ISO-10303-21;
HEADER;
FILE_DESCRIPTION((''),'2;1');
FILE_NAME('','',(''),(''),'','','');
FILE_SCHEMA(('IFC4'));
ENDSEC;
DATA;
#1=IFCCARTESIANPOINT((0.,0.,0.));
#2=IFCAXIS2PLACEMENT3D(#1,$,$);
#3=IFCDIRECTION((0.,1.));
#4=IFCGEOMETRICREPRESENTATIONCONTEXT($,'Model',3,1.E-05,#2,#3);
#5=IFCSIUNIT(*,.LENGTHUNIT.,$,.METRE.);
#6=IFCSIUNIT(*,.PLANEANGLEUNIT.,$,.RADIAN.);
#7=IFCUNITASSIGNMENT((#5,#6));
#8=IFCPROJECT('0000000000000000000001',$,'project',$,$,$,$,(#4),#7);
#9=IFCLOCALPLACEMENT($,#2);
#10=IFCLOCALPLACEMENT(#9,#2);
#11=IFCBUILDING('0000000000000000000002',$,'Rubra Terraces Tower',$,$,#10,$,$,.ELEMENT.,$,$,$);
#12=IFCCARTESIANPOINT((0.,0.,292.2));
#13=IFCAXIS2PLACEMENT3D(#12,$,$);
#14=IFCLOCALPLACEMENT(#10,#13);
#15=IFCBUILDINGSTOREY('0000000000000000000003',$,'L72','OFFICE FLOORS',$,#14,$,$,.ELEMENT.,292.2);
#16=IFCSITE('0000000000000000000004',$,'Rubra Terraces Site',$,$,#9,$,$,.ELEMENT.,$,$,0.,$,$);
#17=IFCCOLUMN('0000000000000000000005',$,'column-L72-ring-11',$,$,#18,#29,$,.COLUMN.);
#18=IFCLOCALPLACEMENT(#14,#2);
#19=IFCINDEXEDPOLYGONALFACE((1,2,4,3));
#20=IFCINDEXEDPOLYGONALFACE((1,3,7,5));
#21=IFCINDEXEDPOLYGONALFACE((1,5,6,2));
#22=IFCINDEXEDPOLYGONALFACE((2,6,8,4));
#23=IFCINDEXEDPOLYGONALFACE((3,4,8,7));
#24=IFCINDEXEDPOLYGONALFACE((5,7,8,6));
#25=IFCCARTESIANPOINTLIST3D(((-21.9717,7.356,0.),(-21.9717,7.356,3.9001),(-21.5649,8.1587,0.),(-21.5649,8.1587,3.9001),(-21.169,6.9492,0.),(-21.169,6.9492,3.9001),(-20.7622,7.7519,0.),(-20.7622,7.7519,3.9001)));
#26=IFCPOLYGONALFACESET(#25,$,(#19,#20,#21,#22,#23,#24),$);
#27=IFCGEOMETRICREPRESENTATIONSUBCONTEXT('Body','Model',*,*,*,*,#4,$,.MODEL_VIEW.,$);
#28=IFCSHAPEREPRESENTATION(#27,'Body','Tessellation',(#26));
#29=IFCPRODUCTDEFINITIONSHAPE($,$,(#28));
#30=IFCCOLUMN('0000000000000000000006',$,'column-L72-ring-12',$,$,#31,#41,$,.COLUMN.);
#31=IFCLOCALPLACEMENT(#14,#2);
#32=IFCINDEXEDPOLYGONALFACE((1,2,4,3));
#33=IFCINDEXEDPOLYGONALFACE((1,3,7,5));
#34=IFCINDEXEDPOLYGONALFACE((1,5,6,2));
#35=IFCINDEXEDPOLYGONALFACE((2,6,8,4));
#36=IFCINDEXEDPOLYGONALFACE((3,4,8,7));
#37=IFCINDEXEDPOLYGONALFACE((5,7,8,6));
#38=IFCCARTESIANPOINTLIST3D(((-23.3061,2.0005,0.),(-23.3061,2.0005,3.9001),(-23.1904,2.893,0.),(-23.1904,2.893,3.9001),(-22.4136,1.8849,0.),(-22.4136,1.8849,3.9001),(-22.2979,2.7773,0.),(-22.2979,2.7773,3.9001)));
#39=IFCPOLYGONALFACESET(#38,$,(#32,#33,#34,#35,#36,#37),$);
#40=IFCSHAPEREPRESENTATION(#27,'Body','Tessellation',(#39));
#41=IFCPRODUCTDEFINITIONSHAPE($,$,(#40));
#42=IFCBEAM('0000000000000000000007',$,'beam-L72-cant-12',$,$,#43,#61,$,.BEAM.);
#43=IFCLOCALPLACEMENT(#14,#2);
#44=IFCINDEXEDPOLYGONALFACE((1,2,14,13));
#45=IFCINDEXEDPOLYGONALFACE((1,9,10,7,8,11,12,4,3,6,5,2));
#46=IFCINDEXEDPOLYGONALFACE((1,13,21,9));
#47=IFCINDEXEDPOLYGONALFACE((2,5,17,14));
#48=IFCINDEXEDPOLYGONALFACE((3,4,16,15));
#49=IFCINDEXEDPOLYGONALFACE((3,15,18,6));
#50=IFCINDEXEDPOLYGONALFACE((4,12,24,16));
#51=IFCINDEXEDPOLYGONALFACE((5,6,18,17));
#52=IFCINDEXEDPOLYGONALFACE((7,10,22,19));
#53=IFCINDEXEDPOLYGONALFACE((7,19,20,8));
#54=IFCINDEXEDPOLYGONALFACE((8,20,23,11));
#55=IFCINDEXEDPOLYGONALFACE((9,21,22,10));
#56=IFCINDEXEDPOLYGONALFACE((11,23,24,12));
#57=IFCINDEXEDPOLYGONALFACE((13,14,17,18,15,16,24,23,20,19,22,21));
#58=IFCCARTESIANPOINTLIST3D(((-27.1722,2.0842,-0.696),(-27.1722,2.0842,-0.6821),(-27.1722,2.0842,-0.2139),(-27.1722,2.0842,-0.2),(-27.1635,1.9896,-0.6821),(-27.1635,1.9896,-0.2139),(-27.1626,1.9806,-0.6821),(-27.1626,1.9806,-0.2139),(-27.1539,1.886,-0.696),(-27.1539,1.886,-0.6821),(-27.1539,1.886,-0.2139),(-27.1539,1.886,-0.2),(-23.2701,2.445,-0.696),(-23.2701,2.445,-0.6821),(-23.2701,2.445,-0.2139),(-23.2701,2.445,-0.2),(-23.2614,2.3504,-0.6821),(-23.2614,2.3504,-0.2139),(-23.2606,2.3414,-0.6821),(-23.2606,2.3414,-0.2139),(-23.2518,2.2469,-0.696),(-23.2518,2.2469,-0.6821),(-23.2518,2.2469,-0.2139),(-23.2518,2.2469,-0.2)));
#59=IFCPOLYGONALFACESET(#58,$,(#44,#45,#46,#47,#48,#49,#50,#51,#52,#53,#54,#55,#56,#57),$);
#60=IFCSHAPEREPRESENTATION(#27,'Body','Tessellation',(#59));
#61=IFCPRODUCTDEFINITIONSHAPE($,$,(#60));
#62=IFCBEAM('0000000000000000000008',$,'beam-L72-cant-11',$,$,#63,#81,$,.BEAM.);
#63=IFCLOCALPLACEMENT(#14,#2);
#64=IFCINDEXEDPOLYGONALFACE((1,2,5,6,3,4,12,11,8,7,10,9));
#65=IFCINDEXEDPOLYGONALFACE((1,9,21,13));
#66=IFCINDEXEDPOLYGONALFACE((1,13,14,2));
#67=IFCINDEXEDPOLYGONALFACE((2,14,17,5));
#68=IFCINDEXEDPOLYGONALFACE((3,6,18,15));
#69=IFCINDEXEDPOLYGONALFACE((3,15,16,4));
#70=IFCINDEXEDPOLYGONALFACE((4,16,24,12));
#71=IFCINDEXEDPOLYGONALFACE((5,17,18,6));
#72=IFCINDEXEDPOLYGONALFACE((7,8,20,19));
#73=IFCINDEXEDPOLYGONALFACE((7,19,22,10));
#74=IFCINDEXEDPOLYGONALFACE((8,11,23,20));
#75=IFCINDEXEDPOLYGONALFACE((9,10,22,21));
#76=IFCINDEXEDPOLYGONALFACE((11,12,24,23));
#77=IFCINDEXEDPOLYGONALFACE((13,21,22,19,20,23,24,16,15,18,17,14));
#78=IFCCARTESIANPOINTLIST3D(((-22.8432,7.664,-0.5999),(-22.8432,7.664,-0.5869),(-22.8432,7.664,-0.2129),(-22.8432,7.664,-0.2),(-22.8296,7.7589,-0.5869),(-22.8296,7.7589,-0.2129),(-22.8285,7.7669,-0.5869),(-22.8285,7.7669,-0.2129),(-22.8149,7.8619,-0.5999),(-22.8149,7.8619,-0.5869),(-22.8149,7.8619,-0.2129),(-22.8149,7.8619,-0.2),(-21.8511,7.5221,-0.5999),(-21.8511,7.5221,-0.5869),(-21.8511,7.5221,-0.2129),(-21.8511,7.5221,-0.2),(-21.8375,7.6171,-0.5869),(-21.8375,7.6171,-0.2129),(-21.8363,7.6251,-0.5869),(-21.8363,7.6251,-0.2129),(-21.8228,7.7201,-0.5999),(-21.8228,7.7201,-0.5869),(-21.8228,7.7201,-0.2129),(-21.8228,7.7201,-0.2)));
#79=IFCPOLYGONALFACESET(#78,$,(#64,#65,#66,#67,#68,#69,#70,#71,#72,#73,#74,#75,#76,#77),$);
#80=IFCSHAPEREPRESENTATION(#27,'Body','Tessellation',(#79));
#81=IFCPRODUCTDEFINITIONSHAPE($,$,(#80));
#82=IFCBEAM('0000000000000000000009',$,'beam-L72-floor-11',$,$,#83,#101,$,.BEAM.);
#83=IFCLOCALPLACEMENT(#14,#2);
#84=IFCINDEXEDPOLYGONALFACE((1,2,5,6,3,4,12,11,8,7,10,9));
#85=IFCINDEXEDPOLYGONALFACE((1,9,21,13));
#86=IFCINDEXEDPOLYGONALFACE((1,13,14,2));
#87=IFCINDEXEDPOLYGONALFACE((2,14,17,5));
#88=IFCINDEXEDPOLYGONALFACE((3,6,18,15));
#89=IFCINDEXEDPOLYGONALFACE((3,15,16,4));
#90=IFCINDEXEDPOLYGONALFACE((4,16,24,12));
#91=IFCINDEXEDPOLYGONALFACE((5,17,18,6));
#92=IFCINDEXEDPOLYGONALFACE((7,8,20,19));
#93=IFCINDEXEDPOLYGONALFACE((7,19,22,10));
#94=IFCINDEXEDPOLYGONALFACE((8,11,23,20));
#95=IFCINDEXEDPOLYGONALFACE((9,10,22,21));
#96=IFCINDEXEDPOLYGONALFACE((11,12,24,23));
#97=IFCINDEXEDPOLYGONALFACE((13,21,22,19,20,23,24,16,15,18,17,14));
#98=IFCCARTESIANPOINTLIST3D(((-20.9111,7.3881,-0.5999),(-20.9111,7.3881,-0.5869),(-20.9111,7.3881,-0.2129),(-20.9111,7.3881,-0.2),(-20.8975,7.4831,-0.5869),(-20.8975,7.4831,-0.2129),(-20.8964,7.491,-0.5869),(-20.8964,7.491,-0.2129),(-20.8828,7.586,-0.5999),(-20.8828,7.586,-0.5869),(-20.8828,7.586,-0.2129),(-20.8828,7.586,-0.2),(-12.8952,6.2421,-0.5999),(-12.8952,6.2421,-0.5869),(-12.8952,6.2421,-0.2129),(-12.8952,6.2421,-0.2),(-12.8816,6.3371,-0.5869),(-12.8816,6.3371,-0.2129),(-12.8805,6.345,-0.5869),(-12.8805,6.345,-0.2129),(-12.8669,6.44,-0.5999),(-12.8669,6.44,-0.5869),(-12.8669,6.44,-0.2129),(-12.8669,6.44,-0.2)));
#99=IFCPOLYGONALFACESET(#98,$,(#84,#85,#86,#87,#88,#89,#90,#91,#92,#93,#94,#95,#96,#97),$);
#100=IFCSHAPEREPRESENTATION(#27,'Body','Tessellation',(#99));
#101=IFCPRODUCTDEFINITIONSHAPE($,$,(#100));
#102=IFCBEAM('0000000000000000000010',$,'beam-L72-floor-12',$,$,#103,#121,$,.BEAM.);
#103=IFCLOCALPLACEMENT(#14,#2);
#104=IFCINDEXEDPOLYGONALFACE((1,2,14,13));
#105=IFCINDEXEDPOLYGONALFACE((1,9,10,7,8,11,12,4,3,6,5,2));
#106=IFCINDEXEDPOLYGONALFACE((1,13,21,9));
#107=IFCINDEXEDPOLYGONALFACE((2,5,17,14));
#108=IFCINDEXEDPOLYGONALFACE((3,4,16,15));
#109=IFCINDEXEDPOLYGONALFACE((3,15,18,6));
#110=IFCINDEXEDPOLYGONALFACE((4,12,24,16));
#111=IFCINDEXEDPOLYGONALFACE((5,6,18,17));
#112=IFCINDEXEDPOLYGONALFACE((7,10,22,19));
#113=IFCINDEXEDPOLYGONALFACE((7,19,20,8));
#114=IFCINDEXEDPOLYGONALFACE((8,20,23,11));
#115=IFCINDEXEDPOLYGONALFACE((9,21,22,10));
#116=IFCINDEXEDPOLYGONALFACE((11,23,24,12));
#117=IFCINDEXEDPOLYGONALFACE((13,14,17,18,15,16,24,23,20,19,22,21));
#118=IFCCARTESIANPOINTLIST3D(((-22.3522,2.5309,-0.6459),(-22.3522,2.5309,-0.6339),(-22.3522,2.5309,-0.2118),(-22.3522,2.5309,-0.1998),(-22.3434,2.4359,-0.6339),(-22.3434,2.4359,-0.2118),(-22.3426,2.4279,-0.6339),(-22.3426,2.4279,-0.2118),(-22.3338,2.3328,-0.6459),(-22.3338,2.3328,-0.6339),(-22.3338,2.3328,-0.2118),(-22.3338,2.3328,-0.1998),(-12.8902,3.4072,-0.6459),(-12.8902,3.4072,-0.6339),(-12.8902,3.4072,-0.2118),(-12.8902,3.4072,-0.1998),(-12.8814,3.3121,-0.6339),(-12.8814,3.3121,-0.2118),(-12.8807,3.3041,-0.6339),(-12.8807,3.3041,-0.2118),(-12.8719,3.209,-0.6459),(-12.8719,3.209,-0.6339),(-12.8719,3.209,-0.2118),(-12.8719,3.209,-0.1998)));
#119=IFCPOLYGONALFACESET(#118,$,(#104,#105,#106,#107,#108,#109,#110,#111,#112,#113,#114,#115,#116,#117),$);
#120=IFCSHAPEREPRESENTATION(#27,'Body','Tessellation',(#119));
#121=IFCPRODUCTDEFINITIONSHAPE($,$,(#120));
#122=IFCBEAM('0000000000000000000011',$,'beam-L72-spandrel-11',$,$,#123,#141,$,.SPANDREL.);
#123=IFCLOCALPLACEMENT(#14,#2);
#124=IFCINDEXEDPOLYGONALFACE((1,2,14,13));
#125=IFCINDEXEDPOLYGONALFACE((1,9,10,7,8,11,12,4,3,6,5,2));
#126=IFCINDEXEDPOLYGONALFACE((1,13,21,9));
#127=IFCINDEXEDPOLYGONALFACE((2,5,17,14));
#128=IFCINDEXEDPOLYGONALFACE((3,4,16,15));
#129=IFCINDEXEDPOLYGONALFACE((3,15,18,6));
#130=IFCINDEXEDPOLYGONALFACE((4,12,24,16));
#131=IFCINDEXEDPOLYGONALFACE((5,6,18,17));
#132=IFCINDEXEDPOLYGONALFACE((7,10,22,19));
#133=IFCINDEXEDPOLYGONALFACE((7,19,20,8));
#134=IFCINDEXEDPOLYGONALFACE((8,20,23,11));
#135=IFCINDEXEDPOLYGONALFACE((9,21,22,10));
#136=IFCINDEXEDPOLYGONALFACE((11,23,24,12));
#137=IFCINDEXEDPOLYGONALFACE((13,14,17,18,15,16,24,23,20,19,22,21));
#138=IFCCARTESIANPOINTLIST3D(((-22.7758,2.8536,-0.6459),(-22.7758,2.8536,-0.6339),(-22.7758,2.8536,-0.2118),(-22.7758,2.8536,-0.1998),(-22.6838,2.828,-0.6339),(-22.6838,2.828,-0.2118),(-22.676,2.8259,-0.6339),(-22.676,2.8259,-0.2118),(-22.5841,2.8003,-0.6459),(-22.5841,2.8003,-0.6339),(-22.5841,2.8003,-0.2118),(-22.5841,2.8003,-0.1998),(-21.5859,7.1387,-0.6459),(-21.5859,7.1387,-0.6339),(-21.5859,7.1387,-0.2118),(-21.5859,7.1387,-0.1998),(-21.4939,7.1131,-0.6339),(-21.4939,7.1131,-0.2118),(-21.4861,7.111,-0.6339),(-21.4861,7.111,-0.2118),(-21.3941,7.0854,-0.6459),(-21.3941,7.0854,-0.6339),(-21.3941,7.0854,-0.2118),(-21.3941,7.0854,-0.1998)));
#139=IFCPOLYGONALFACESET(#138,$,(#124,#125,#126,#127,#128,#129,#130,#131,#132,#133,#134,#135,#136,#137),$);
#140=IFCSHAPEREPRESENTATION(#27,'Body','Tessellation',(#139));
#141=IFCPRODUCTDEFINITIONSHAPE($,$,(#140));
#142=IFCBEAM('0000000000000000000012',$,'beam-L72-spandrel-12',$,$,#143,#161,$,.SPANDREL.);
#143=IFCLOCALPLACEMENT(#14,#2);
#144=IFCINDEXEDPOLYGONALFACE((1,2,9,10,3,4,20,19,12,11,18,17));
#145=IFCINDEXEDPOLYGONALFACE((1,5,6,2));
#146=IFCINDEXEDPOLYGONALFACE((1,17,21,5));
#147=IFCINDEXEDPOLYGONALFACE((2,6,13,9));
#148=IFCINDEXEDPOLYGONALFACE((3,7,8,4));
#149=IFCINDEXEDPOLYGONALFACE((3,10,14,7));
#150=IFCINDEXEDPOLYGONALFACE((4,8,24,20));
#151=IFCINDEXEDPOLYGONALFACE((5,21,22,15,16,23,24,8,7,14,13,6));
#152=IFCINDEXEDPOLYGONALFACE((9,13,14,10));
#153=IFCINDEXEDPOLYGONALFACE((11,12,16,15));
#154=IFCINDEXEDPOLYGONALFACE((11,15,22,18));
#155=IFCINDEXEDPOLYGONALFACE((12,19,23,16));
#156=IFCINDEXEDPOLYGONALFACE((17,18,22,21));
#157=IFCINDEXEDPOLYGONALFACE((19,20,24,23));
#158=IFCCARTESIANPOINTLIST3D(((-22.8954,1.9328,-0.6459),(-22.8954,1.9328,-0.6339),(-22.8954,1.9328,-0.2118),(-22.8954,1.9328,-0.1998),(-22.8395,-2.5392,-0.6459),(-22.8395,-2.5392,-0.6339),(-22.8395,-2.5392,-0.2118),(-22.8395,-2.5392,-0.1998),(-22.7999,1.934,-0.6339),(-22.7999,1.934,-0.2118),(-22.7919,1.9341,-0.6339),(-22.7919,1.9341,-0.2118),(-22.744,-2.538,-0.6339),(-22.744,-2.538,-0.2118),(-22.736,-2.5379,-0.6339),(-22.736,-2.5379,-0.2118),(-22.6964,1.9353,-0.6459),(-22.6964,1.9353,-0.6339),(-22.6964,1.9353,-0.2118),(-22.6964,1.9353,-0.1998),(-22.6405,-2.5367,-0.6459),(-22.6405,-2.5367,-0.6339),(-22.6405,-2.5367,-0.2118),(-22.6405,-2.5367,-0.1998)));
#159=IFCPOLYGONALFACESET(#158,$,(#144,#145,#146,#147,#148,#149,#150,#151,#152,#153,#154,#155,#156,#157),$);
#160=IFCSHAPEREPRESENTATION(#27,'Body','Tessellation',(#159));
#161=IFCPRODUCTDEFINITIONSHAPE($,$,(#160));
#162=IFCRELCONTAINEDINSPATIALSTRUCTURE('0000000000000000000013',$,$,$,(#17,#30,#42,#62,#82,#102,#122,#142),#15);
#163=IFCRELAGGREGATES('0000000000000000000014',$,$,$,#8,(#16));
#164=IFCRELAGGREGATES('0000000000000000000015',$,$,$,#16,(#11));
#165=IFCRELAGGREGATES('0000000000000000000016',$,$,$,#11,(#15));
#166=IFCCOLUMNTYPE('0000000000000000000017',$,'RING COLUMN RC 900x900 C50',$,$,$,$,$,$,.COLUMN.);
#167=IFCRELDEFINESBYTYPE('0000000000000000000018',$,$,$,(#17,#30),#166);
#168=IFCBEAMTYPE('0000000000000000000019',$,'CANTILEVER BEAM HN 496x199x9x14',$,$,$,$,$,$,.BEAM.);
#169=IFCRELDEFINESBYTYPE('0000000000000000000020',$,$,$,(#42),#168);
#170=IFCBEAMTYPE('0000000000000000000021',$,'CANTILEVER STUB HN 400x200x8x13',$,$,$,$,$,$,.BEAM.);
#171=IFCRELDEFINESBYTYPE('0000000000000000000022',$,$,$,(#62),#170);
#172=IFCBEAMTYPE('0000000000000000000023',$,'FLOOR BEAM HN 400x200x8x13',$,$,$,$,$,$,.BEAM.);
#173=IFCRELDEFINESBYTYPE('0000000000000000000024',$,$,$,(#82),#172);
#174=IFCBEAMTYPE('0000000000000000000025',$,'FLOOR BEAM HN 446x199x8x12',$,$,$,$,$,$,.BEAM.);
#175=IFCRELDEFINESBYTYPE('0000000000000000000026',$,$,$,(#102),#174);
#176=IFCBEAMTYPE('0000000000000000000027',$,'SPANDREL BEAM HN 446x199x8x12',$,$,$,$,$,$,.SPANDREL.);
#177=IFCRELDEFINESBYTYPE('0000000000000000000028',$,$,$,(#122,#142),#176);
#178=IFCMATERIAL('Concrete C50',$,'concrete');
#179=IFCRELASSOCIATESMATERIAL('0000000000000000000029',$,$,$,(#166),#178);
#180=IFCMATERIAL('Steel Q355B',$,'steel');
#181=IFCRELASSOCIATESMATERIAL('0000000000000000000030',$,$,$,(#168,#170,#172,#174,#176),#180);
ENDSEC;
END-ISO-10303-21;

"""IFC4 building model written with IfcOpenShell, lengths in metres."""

from ifc_helpers import new_model, si_unit, direction, frame, origin, origin_2d, place, context, subcontext, project, spatial, rectangle, i_section, extrude, material, material_profile, profile_set, type_object, element, save


model = new_model("IFC4")

# Units and contexts
model_context = context("Model", 3, precision=1e-05, world=origin(), true_north=direction((0.0, 1.0)))
body_context = subcontext(model_context, "Body", "Model", "MODEL_VIEW")
ifc_project = project(units=[si_unit("LENGTHUNIT", "METRE"), si_unit("PLANEANGLEUNIT", "RADIAN")], contexts=[model_context])

# Site, building, storey
site_placement = place(None, origin())
site = spatial("IfcSite", under=ifc_project, at=site_placement, Name="Rubra Terraces Site", CompositionType="ELEMENT", RefElevation=0.0)
building_placement = place(site_placement, origin())
building = spatial("IfcBuilding", under=site, at=building_placement, Name="Rubra Terraces Tower", CompositionType="ELEMENT")
storey_placement = place(building_placement, frame((0.0, 0.0, 292.2)))
storey = spatial("IfcBuildingStorey", under=building, at=storey_placement, Name="L72", Description="OFFICE FLOORS", CompositionType="ELEMENT", Elevation=292.2)

# Columns
ifc_material_1 = material(Name="Concrete C50", Category="concrete")
ifc_material_profile_1 = material_profile(ifc_material_1, rectangle(XDim=0.8999, YDim=0.8999, at=origin_2d()), Name="RC 900x900")
ifc_profile_set_1 = profile_set([ifc_material_profile_1], Name="Concrete C50")
column_type = type_object("IfcColumnType", Name="RING COLUMN RC 900x900 C50", PredefinedType="COLUMN", material=ifc_profile_set_1)
for number, where, z_axis, x_axis, name in (
    (1, (-21.3669, 7.554, 0.0), (0.0, 0.0, 1.0), (-0.452079, -0.891978, 0.0), "column-L72-ring-11"),
    (2, (-22.802, 2.3889, 0.0), (0.0, 0.0, 1.0), (-0.128535, -0.991705, 0.0), "column-L72-ring-12"),
):
    element("IfcColumn", number, at=place(storey_placement, frame(where, z_axis=z_axis, x_axis=x_axis)), inside=storey, type_object=column_type, Name=name, PredefinedType="COLUMN", context=body_context, shape_type="SweptSolid", body=[
        extrude(rectangle(XDim=0.8999, YDim=0.8999, at=origin_2d()), origin(), (0.0, 0.0, 1.0), 3.9001),
    ])

# Beams
ifc_material_2 = material(Name="Steel Q355B", Category="steel")
ifc_material_profile_2 = material_profile(ifc_material_2, i_section(OverallWidth=0.199, OverallDepth=0.4961, WebThickness=0.009, FlangeThickness=0.0139, at=origin_2d()), Name="HN 496x199x9x14")
ifc_profile_set_2 = profile_set([ifc_material_profile_2], Name="Steel Q355B")
beam_type_1 = type_object("IfcBeamType", Name="CANTILEVER BEAM HN 496x199x9x14", PredefinedType="BEAM", material=ifc_profile_set_2)
beam_1_placement = place(storey_placement, frame((-23.261, 2.3459, -0.448), z_axis=(-0.995752, -0.09208, 0.0), x_axis=(0.09208, -0.995752, 0.0)))
element("IfcBeam", 3, at=beam_1_placement, inside=storey, type_object=beam_type_1, Name="beam-L72-cant-12", PredefinedType="BEAM", context=body_context, shape_type="SweptSolid", body=[
    extrude(i_section(OverallWidth=0.199, OverallDepth=0.4961, WebThickness=0.009, FlangeThickness=0.0139, at=origin_2d()), origin(), (0.0, 0.0, 1.0), 3.9187),
])
ifc_material_profile_3 = material_profile(ifc_material_2, i_section(OverallWidth=0.2, OverallDepth=0.3999, WebThickness=0.0081, FlangeThickness=0.0129, at=origin_2d()), Name="HN 400x200x8x13")
ifc_profile_set_3 = profile_set([ifc_material_profile_3], Name="Steel Q355B")
beam_type_2 = type_object("IfcBeamType", Name="CANTILEVER STUB HN 400x200x8x13", PredefinedType="BEAM", material=ifc_profile_set_3)
beam_2_placement = place(storey_placement, frame((-21.8369, 7.6211, -0.3999), z_axis=(-0.989935, 0.141524, 0.0), x_axis=(-0.141524, -0.989935, 0.0)))
element("IfcBeam", 4, at=beam_2_placement, inside=storey, type_object=beam_type_2, Name="beam-L72-cant-11", PredefinedType="BEAM", context=body_context, shape_type="SweptSolid", body=[
    extrude(i_section(OverallWidth=0.2, OverallDepth=0.3999, WebThickness=0.0081, FlangeThickness=0.0129, at=origin_2d()), origin(), (0.0, 0.0, 1.0), 1.0022),
])
ifc_material_profile_4 = material_profile(ifc_material_2, i_section(OverallWidth=0.2, OverallDepth=0.3999, WebThickness=0.0081, FlangeThickness=0.0129, at=origin_2d()), Name="HN 400x200x8x13")
ifc_profile_set_4 = profile_set([ifc_material_profile_4], Name="Steel Q355B")
beam_type_3 = type_object("IfcBeamType", Name="FLOOR BEAM HN 400x200x8x13", PredefinedType="BEAM", material=ifc_profile_set_4)
beam_3_placement = place(storey_placement, frame((-20.897, 7.4871, -0.3999), z_axis=(0.989934, -0.141527, 0.0), x_axis=(0.141527, 0.989934, 0.0)))
element("IfcBeam", 5, at=beam_3_placement, inside=storey, type_object=beam_type_3, Name="beam-L72-floor-11", PredefinedType="BEAM", context=body_context, shape_type="SweptSolid", body=[
    extrude(i_section(OverallWidth=0.2, OverallDepth=0.3999, WebThickness=0.0081, FlangeThickness=0.0129, at=origin_2d()), origin(), (0.0, 0.0, 1.0), 8.0974),
])
ifc_material_profile_5 = material_profile(ifc_material_2, i_section(OverallWidth=0.199, OverallDepth=0.446, WebThickness=0.0081, FlangeThickness=0.012, at=origin_2d()), Name="HN 446x199x8x12")
ifc_profile_set_5 = profile_set([ifc_material_profile_5], Name="Steel Q355B")
beam_type_4 = type_object("IfcBeamType", Name="FLOOR BEAM HN 446x199x8x12", PredefinedType="BEAM", material=ifc_profile_set_5)
beam_4_placement = place(storey_placement, frame((-22.343, 2.4319, -0.4229), z_axis=(0.99574, 0.09221, 0.0), x_axis=(-0.09221, 0.99574, 0.0)))
element("IfcBeam", 6, at=beam_4_placement, inside=storey, type_object=beam_type_4, Name="beam-L72-floor-12", PredefinedType="BEAM", context=body_context, shape_type="SweptSolid", body=[
    extrude(i_section(OverallWidth=0.199, OverallDepth=0.446, WebThickness=0.0081, FlangeThickness=0.012, at=origin_2d()), origin(), (0.0, 0.0, 1.0), 9.5024),
])
ifc_material_profile_6 = material_profile(ifc_material_2, i_section(OverallWidth=0.199, OverallDepth=0.446, WebThickness=0.0081, FlangeThickness=0.012, at=origin_2d()), Name="HN 446x199x8x12")
ifc_profile_set_6 = profile_set([ifc_material_profile_6], Name="Steel Q355B")
beam_type_5 = type_object("IfcBeamType", Name="SPANDREL BEAM HN 446x199x8x12", PredefinedType="SPANDREL", material=ifc_profile_set_6)
beam_5_placement = place(storey_placement, frame((-21.49, 7.1121, -0.4229), z_axis=(-0.267565, -0.96354, 0.0), x_axis=(0.96354, -0.267565, 0.0)))
element("IfcBeam", 7, at=beam_5_placement, inside=storey, type_object=beam_type_5, Name="beam-L72-spandrel-11", PredefinedType="SPANDREL", context=body_context, shape_type="SweptSolid", body=[
    extrude(i_section(OverallWidth=0.199, OverallDepth=0.446, WebThickness=0.0081, FlangeThickness=0.012, at=origin_2d()), origin(), (0.0, 0.0, 1.0), 4.4473),
])
beam_6_placement = place(storey_placement, frame((-22.7959, 1.9341, -0.4229), z_axis=(0.0125, -0.999922, 0.0), x_axis=(0.999922, 0.0125, 0.0)))
element("IfcBeam", 8, at=beam_6_placement, inside=storey, type_object=beam_type_5, Name="beam-L72-spandrel-12", PredefinedType="SPANDREL", context=body_context, shape_type="SweptSolid", body=[
    extrude(i_section(OverallWidth=0.199, OverallDepth=0.446, WebThickness=0.0081, FlangeThickness=0.012, at=origin_2d()), origin(), (0.0, 0.0, 1.0), 4.4724),
])

save(model, "model.ifc")
